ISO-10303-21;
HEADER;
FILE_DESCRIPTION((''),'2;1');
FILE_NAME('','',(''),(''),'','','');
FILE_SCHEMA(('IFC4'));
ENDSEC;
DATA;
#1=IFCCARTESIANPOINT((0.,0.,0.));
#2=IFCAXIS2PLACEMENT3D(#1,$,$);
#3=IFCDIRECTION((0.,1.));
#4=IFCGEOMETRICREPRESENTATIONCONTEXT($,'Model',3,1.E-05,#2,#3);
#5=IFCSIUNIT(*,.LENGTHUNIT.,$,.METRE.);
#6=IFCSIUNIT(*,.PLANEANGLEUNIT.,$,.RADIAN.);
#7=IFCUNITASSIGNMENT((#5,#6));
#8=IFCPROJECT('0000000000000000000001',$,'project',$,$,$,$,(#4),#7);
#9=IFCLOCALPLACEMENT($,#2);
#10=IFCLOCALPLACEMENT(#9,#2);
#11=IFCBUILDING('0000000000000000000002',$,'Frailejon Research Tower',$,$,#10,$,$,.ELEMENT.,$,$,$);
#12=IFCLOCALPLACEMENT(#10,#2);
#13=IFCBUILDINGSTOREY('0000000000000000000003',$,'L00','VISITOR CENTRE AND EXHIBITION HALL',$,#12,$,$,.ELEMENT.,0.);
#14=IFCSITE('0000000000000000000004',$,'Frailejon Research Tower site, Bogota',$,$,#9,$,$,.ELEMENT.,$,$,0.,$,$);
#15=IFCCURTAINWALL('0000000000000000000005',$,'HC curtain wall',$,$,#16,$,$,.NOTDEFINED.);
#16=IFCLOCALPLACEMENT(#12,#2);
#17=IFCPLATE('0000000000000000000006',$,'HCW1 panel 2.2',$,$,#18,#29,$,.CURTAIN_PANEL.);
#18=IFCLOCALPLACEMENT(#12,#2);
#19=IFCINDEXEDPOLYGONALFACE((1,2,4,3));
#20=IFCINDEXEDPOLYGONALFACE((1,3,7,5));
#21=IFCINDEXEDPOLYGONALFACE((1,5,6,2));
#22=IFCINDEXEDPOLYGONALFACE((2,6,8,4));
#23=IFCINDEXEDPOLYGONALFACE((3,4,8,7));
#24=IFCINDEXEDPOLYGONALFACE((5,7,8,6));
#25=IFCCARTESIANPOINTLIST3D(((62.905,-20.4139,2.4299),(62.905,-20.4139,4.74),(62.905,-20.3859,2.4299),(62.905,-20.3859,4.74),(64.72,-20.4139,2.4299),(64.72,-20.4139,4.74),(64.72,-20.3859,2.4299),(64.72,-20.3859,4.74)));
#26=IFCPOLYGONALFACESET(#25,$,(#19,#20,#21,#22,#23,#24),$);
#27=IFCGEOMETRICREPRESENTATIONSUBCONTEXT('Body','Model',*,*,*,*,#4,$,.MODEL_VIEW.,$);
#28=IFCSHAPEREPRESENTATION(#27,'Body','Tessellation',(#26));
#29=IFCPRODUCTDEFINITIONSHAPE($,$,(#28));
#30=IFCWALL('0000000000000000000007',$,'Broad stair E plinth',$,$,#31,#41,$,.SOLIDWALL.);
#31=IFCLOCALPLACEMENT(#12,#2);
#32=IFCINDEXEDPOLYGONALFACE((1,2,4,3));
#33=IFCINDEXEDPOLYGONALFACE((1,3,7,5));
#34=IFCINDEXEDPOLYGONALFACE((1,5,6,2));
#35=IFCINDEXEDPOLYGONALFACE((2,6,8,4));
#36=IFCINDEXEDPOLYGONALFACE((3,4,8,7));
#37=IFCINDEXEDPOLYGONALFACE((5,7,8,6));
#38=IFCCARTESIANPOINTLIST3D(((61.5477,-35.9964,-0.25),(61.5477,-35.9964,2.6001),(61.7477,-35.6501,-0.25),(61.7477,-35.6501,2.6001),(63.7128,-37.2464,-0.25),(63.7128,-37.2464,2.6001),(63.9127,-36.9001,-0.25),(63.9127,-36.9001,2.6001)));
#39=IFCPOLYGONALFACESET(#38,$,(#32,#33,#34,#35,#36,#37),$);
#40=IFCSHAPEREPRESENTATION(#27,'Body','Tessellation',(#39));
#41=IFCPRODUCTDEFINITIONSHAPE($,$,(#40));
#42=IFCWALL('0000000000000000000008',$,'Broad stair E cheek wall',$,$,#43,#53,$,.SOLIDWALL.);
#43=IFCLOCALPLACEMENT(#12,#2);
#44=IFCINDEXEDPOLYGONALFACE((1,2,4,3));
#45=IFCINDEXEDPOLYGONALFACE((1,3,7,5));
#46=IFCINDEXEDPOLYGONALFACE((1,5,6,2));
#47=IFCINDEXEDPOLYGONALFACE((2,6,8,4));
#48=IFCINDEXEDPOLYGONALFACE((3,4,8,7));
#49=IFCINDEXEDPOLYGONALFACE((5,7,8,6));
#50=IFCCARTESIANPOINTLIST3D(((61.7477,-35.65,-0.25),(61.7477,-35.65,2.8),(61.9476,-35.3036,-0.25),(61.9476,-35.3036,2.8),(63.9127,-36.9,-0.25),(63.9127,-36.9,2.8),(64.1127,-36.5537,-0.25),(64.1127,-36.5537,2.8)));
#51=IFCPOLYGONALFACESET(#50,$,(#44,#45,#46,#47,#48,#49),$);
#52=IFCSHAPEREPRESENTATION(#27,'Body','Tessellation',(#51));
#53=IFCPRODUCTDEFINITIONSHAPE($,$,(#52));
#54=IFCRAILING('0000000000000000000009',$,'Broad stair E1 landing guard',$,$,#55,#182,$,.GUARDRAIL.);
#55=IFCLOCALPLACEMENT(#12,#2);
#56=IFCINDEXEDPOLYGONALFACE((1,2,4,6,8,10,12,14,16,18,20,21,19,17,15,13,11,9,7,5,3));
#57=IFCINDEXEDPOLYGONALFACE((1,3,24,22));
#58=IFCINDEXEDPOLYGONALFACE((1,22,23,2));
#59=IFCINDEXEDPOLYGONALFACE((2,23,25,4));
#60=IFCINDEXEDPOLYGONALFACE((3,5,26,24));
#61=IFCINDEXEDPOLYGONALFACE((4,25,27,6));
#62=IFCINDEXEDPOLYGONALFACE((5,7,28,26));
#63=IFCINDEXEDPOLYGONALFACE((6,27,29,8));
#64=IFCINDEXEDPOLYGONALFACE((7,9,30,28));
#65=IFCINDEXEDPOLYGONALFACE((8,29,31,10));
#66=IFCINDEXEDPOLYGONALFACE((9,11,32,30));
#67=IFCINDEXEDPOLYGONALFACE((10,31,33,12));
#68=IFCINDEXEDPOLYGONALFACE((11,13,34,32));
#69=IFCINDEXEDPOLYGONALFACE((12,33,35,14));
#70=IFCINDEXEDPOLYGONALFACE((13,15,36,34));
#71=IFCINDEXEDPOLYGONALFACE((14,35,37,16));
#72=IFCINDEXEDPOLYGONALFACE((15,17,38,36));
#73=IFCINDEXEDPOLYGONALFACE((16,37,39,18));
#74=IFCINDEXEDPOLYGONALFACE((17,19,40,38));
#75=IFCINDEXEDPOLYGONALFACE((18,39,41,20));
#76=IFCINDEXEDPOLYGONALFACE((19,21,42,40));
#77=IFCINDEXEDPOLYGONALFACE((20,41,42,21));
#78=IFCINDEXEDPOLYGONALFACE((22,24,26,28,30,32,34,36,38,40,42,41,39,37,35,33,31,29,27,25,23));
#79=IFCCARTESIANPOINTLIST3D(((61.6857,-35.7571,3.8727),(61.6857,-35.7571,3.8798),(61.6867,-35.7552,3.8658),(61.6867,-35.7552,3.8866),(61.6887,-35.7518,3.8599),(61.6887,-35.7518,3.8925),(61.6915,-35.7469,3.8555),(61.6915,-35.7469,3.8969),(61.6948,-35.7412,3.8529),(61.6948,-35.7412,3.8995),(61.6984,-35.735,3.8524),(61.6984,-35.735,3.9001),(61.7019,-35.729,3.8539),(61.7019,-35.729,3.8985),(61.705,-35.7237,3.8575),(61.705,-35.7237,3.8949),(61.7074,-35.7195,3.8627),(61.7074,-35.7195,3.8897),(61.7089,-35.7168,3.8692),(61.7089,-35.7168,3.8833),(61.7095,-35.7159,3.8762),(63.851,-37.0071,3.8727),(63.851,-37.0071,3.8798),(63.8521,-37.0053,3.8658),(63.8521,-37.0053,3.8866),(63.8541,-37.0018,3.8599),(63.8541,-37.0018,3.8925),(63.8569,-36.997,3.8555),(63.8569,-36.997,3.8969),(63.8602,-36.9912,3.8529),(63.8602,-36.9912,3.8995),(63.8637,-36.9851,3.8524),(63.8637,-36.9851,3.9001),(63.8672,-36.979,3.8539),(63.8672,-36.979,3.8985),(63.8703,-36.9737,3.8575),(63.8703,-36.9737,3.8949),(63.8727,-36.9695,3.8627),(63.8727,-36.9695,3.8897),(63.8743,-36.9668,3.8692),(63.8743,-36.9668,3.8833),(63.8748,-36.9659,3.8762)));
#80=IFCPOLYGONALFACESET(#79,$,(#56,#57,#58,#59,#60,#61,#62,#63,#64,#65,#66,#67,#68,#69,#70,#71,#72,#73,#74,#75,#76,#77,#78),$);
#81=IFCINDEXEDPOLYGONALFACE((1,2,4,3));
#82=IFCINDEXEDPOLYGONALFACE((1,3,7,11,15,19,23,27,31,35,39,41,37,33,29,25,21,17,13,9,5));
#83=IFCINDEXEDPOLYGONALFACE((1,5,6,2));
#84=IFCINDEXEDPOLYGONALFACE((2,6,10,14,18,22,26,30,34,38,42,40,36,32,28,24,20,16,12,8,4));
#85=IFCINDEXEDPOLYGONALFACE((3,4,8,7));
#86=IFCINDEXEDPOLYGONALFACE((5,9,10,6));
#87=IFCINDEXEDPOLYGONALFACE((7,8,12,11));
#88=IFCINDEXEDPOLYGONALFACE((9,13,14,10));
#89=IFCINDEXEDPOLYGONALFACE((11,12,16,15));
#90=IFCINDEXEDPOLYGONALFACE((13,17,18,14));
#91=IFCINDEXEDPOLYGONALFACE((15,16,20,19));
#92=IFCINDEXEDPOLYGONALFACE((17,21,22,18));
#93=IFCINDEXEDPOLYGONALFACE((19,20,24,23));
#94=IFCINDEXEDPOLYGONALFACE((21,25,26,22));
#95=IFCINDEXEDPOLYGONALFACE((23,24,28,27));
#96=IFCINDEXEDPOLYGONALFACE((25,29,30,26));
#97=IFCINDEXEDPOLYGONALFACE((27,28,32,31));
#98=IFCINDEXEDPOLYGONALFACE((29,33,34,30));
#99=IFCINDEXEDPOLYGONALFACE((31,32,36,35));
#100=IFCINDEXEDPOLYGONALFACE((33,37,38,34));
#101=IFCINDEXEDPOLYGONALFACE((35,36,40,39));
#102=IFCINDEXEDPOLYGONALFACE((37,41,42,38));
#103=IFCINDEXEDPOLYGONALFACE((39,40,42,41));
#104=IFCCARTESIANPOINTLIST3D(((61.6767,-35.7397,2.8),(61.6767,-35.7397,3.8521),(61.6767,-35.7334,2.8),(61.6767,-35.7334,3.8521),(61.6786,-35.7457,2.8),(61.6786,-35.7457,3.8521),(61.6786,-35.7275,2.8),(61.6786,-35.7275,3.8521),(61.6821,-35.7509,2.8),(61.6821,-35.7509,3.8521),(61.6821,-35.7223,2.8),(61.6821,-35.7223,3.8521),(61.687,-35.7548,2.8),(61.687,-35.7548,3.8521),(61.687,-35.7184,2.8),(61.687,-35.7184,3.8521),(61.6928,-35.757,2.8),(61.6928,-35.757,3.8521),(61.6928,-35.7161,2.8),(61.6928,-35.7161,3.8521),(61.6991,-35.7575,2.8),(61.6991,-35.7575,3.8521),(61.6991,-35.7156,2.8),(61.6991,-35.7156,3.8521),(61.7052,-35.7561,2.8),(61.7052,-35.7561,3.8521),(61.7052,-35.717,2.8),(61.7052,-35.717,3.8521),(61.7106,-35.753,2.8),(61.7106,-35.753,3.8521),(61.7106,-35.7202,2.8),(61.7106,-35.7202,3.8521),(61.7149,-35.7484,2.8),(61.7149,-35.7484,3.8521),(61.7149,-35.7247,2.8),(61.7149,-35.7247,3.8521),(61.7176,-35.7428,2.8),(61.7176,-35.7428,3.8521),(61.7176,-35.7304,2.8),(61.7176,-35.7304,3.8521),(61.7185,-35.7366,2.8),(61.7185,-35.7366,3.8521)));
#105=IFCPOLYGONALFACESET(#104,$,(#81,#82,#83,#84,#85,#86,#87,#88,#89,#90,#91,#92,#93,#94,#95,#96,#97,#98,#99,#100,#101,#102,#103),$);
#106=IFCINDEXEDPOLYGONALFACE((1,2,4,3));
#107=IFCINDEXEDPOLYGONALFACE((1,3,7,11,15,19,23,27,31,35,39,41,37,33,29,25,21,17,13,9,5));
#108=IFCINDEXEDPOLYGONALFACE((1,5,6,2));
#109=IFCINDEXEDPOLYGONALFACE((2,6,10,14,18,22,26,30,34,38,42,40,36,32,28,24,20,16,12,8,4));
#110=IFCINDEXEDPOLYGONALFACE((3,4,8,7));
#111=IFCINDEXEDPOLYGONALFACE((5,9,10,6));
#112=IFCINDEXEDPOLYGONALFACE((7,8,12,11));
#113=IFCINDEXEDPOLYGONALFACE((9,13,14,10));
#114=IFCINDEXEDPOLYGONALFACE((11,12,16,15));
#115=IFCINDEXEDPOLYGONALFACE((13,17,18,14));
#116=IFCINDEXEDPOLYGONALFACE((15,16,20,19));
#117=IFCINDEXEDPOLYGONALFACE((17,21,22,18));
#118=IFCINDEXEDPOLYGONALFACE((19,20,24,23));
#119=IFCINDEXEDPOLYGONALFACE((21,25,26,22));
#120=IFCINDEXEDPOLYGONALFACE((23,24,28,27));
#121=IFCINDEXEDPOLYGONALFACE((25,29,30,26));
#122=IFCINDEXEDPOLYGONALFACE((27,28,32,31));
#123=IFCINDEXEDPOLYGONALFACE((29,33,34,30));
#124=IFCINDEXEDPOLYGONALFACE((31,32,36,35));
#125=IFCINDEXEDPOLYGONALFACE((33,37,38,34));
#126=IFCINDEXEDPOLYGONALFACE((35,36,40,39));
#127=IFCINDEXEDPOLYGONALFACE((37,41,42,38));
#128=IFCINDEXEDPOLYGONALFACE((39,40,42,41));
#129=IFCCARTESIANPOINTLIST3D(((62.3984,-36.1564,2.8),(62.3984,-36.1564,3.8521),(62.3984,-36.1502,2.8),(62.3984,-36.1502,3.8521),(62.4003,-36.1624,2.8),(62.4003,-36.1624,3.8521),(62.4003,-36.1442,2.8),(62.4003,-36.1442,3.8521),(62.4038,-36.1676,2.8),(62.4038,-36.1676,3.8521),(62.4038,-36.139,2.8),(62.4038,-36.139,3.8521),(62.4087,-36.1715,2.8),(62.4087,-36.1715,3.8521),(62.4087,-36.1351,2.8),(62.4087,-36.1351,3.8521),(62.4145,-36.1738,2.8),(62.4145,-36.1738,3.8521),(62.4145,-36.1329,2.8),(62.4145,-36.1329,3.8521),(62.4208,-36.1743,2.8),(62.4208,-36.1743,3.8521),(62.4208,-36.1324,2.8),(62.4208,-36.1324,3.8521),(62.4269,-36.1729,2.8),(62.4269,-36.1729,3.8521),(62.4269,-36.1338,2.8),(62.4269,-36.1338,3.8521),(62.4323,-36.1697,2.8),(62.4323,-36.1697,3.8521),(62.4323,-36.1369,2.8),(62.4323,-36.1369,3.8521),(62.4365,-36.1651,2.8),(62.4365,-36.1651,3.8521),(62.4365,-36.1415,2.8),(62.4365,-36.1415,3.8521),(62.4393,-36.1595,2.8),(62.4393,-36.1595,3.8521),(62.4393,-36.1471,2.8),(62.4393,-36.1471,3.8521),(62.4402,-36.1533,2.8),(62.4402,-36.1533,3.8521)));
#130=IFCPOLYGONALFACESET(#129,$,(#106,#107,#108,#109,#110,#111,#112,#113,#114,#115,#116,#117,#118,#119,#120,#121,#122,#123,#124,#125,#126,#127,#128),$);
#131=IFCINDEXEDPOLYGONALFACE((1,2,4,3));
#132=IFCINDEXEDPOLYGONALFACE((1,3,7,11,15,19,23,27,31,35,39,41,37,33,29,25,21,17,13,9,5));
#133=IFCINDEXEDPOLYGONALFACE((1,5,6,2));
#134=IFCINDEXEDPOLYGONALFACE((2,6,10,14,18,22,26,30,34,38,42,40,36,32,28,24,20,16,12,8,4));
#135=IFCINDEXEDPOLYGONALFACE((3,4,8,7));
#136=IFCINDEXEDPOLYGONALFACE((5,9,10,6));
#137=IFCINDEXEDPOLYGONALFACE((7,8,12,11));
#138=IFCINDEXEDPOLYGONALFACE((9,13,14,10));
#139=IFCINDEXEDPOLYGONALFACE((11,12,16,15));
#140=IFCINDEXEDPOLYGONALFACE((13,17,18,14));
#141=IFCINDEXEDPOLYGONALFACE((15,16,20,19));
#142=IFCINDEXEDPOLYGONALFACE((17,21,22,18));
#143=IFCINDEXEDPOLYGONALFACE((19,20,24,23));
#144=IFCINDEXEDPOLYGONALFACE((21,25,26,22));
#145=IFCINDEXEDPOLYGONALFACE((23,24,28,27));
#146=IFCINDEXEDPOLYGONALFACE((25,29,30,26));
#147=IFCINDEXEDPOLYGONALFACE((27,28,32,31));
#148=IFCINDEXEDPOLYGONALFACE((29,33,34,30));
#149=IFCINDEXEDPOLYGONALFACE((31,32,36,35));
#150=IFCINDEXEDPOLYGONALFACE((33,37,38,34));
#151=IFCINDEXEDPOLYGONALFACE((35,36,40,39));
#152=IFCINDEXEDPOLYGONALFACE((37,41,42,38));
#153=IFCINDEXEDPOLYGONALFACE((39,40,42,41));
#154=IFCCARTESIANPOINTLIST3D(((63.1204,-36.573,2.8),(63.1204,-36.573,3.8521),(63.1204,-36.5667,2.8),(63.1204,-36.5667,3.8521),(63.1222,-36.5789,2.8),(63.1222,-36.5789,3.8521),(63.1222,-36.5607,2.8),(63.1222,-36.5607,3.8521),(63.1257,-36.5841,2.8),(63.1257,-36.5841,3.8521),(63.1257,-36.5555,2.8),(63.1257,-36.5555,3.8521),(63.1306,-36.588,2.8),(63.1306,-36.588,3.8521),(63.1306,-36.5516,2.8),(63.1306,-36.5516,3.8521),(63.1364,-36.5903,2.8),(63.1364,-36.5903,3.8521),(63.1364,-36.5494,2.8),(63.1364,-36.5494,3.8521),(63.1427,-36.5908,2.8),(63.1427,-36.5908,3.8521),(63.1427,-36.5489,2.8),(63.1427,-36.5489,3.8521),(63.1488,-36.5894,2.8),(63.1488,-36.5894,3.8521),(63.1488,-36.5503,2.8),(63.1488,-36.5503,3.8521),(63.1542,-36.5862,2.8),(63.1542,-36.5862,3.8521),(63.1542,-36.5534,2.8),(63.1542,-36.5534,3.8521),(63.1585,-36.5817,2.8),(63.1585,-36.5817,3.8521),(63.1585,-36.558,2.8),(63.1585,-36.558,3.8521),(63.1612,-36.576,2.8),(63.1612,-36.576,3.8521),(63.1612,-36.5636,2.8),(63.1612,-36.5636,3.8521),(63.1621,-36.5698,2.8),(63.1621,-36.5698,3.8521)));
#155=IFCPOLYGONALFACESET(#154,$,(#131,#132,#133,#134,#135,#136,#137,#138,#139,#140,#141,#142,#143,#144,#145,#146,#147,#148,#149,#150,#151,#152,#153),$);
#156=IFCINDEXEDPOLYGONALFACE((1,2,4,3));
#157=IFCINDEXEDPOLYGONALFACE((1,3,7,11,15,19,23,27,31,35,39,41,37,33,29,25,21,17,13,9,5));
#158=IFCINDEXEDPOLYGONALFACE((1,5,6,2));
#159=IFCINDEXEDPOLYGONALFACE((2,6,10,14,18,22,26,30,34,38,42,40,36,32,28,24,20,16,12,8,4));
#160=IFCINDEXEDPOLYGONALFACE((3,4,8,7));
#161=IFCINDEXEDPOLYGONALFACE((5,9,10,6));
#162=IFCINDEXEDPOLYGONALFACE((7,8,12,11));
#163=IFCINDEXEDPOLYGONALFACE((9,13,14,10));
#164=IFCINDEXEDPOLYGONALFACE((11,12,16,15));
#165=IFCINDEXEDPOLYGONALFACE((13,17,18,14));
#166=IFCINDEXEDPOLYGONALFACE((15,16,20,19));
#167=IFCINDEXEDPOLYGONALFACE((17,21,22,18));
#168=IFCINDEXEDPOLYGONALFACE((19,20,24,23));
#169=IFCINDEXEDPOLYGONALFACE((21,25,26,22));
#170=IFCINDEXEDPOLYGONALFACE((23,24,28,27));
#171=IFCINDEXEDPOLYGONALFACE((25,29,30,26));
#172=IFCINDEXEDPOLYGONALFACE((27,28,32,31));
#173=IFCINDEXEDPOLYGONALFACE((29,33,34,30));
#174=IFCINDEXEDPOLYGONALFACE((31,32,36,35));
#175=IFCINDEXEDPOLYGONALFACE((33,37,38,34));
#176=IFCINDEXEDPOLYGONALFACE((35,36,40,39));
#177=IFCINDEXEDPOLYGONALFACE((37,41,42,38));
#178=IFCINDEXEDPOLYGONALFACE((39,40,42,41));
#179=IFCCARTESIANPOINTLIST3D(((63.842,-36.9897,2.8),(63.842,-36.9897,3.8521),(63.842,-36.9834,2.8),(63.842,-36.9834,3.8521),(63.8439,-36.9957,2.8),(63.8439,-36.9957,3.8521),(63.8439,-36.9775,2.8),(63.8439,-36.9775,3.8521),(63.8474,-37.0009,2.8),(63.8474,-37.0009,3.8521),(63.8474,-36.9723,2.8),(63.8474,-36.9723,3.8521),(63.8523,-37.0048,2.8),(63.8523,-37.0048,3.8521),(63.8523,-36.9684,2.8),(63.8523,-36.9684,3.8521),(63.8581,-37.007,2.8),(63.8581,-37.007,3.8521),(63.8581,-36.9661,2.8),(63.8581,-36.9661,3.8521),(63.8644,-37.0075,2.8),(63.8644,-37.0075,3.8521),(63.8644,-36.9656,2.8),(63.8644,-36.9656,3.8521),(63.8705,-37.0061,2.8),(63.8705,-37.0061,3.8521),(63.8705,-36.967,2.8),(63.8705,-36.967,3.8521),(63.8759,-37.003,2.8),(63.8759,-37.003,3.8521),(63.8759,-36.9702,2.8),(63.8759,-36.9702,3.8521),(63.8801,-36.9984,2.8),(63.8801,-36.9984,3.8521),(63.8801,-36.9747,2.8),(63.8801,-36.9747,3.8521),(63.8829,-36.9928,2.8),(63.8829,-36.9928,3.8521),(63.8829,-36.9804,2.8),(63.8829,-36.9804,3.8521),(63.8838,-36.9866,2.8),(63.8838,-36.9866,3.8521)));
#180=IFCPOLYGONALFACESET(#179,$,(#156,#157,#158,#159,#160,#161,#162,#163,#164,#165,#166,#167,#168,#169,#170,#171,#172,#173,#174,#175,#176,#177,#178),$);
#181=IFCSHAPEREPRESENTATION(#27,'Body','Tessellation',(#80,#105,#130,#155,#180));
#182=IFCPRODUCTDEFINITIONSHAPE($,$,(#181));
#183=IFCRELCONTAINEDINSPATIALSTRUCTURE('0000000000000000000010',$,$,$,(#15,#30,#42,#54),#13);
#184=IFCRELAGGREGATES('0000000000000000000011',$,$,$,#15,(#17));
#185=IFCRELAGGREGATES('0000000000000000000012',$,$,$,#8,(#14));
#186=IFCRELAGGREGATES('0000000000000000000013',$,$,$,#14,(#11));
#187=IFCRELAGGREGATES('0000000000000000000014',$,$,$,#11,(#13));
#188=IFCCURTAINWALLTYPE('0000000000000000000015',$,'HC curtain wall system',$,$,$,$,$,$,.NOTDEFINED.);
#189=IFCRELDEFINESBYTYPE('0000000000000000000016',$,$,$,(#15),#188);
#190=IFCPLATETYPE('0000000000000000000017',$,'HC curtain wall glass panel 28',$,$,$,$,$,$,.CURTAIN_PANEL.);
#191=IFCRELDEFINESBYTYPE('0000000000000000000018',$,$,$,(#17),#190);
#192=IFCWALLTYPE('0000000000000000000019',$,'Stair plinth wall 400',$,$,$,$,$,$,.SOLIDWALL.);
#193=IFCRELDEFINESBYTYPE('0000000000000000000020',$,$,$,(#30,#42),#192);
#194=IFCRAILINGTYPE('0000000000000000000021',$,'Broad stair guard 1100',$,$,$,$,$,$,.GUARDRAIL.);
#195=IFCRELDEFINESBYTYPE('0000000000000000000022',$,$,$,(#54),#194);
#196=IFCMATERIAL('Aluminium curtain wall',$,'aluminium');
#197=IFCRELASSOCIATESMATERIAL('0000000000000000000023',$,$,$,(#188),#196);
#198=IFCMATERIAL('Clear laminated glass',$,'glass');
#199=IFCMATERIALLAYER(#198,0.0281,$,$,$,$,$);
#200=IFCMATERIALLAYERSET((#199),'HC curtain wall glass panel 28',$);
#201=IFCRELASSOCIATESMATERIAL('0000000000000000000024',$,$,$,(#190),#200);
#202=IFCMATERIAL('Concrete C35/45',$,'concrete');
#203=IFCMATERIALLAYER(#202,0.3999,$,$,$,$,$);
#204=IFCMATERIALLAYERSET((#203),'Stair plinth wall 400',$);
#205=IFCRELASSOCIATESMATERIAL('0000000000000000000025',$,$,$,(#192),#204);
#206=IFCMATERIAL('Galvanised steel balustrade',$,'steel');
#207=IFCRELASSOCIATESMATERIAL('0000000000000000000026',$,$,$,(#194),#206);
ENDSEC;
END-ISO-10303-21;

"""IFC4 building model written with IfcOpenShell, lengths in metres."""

from ifc_helpers import new_model, si_unit, direction, frame, frame_2d, origin, origin_2d, place, context, subcontext, project, spatial, rectangle, circle, extrude, material, layer, layer_set, type_object, element, aggregate, save


model = new_model("IFC4")

# Units and contexts
model_context = context("Model", 3, precision=1e-05, world=origin(), true_north=direction((0.0, 1.0)))
body_context = subcontext(model_context, "Body", "Model", "MODEL_VIEW")
ifc_project = project(units=[si_unit("LENGTHUNIT", "METRE"), si_unit("PLANEANGLEUNIT", "RADIAN")], contexts=[model_context])

# Site, building, storey
site_placement = place(None, origin())
site = spatial("IfcSite", under=ifc_project, at=site_placement, Name="Frailejon Research Tower site, Bogota", CompositionType="ELEMENT", RefElevation=0.0)
building_placement = place(site_placement, origin())
building = spatial("IfcBuilding", under=site, at=building_placement, Name="Frailejon Research Tower", CompositionType="ELEMENT")
storey_placement = place(building_placement, origin())
storey = spatial("IfcBuildingStorey", under=building, at=storey_placement, Name="L00", Description="VISITOR CENTRE AND EXHIBITION HALL", CompositionType="ELEMENT", Elevation=0.0)

# Curtain wall, plate
ifc_material_1 = material(Name="Aluminium curtain wall", Category="aluminium")
curtain_wall_type = type_object("IfcCurtainWallType", Name="HC curtain wall system", PredefinedType="NOTDEFINED", material=ifc_material_1)
curtain_wall_placement = place(storey_placement, origin())
curtain_wall = element("IfcCurtainWall", 1, at=curtain_wall_placement, inside=storey, type_object=curtain_wall_type, Name="HC curtain wall", PredefinedType="NOTDEFINED")
ifc_material_2 = material(Name="Clear laminated glass", Category="glass")
ifc_layer_1 = layer(ifc_material_2, 0.0281)
ifc_layer_set_1 = layer_set([ifc_layer_1], Name="HC curtain wall glass panel 28")
plate_type = type_object("IfcPlateType", Name="HC curtain wall glass panel 28", PredefinedType="CURTAIN_PANEL", material=ifc_layer_set_1)
plate_1_placement = place(storey_placement, frame((63.8125, -20.3999, 2.4299), z_axis=(0.0, 0.0, 1.0), x_axis=(1.0, 0.0, 0.0)))
plate_1 = element("IfcPlate", 2, at=plate_1_placement, type_object=plate_type, Name="HCW1 panel 2.2", PredefinedType="CURTAIN_PANEL", context=body_context, shape_type="SweptSolid", body=[
    extrude(rectangle(XDim=1.8149, YDim=0.0281, at=origin_2d()), origin(), (0.0, 0.0, 1.0), 2.3101),
])
aggregate(curtain_wall, [plate_1])

# Walls
ifc_material_3 = material(Name="Concrete C35/45", Category="concrete")
ifc_layer_2 = layer(ifc_material_3, 0.3999)
ifc_layer_set_2 = layer_set([ifc_layer_2], Name="Stair plinth wall 400")
wall_type = type_object("IfcWallType", Name="Stair plinth wall 400", PredefinedType="SOLIDWALL", material=ifc_layer_set_2)
wall_1_placement = place(storey_placement, frame((61.6477, -35.8232, -0.25), z_axis=(0.0, 0.0, 1.0), x_axis=(0.866023, -0.500004, 0.0)))
element("IfcWall", 3, at=wall_1_placement, inside=storey, type_object=wall_type, Name="Broad stair E plinth", PredefinedType="SOLIDWALL", context=body_context, shape_type="SweptSolid", body=[
    extrude(rectangle(XDim=2.5, YDim=0.3999, at=frame_2d((1.25, 0.0))), origin(), (0.0, 0.0, 1.0), 2.8501),
])
wall_2_placement = place(storey_placement, frame((61.8477, -35.4768, -0.25), z_axis=(0.0, 0.0, 1.0), x_axis=(0.866023, -0.500004, 0.0)))
element("IfcWall", 4, at=wall_2_placement, inside=storey, type_object=wall_type, Name="Broad stair E cheek wall", PredefinedType="SOLIDWALL", context=body_context, shape_type="SweptSolid", body=[
    extrude(rectangle(XDim=2.5, YDim=0.3999, at=frame_2d((1.25, 0.0))), origin(), (0.0, 0.0, 1.0), 3.05),
])

# Railing
ifc_material_4 = material(Name="Galvanised steel balustrade", Category="steel")
railing_type_1 = type_object("IfcRailingType", Name="Broad stair guard 1100", PredefinedType="GUARDRAIL", material=ifc_material_4)
railing_1_placement = place(storey_placement, frame((61.6975, -35.7366, 2.8)))
element("IfcRailing", 5, at=railing_1_placement, inside=storey, type_object=railing_type_1, Name="Broad stair E1 landing guard", PredefinedType="GUARDRAIL", context=body_context, shape_type="SweptSolid", body=[
    extrude(circle(Radius=0.0239, at=origin_2d()), frame((0.0, 0.0, 1.0762), z_axis=(0.866047, -0.499962, 0.0), x_axis=(0.499962, 0.866047, 0.0)), (0.0, 0.0, 1.0), 2.5002),
    extrude(circle(Radius=0.021, at=origin_2d()), origin(), (0.0, 0.0, 1.0), 1.052),
    extrude(circle(Radius=0.021, at=origin_2d()), frame((0.7217, -0.4167, 0.0)), (0.0, 0.0, 1.0), 1.052),
    extrude(circle(Radius=0.021, at=origin_2d()), frame((1.4436, -0.8333, 0.0)), (0.0, 0.0, 1.0), 1.052),
    extrude(circle(Radius=0.021, at=origin_2d()), frame((2.1653, -1.25, 0.0)), (0.0, 0.0, 1.0), 1.052),
])

save(model, "model.ifc")
